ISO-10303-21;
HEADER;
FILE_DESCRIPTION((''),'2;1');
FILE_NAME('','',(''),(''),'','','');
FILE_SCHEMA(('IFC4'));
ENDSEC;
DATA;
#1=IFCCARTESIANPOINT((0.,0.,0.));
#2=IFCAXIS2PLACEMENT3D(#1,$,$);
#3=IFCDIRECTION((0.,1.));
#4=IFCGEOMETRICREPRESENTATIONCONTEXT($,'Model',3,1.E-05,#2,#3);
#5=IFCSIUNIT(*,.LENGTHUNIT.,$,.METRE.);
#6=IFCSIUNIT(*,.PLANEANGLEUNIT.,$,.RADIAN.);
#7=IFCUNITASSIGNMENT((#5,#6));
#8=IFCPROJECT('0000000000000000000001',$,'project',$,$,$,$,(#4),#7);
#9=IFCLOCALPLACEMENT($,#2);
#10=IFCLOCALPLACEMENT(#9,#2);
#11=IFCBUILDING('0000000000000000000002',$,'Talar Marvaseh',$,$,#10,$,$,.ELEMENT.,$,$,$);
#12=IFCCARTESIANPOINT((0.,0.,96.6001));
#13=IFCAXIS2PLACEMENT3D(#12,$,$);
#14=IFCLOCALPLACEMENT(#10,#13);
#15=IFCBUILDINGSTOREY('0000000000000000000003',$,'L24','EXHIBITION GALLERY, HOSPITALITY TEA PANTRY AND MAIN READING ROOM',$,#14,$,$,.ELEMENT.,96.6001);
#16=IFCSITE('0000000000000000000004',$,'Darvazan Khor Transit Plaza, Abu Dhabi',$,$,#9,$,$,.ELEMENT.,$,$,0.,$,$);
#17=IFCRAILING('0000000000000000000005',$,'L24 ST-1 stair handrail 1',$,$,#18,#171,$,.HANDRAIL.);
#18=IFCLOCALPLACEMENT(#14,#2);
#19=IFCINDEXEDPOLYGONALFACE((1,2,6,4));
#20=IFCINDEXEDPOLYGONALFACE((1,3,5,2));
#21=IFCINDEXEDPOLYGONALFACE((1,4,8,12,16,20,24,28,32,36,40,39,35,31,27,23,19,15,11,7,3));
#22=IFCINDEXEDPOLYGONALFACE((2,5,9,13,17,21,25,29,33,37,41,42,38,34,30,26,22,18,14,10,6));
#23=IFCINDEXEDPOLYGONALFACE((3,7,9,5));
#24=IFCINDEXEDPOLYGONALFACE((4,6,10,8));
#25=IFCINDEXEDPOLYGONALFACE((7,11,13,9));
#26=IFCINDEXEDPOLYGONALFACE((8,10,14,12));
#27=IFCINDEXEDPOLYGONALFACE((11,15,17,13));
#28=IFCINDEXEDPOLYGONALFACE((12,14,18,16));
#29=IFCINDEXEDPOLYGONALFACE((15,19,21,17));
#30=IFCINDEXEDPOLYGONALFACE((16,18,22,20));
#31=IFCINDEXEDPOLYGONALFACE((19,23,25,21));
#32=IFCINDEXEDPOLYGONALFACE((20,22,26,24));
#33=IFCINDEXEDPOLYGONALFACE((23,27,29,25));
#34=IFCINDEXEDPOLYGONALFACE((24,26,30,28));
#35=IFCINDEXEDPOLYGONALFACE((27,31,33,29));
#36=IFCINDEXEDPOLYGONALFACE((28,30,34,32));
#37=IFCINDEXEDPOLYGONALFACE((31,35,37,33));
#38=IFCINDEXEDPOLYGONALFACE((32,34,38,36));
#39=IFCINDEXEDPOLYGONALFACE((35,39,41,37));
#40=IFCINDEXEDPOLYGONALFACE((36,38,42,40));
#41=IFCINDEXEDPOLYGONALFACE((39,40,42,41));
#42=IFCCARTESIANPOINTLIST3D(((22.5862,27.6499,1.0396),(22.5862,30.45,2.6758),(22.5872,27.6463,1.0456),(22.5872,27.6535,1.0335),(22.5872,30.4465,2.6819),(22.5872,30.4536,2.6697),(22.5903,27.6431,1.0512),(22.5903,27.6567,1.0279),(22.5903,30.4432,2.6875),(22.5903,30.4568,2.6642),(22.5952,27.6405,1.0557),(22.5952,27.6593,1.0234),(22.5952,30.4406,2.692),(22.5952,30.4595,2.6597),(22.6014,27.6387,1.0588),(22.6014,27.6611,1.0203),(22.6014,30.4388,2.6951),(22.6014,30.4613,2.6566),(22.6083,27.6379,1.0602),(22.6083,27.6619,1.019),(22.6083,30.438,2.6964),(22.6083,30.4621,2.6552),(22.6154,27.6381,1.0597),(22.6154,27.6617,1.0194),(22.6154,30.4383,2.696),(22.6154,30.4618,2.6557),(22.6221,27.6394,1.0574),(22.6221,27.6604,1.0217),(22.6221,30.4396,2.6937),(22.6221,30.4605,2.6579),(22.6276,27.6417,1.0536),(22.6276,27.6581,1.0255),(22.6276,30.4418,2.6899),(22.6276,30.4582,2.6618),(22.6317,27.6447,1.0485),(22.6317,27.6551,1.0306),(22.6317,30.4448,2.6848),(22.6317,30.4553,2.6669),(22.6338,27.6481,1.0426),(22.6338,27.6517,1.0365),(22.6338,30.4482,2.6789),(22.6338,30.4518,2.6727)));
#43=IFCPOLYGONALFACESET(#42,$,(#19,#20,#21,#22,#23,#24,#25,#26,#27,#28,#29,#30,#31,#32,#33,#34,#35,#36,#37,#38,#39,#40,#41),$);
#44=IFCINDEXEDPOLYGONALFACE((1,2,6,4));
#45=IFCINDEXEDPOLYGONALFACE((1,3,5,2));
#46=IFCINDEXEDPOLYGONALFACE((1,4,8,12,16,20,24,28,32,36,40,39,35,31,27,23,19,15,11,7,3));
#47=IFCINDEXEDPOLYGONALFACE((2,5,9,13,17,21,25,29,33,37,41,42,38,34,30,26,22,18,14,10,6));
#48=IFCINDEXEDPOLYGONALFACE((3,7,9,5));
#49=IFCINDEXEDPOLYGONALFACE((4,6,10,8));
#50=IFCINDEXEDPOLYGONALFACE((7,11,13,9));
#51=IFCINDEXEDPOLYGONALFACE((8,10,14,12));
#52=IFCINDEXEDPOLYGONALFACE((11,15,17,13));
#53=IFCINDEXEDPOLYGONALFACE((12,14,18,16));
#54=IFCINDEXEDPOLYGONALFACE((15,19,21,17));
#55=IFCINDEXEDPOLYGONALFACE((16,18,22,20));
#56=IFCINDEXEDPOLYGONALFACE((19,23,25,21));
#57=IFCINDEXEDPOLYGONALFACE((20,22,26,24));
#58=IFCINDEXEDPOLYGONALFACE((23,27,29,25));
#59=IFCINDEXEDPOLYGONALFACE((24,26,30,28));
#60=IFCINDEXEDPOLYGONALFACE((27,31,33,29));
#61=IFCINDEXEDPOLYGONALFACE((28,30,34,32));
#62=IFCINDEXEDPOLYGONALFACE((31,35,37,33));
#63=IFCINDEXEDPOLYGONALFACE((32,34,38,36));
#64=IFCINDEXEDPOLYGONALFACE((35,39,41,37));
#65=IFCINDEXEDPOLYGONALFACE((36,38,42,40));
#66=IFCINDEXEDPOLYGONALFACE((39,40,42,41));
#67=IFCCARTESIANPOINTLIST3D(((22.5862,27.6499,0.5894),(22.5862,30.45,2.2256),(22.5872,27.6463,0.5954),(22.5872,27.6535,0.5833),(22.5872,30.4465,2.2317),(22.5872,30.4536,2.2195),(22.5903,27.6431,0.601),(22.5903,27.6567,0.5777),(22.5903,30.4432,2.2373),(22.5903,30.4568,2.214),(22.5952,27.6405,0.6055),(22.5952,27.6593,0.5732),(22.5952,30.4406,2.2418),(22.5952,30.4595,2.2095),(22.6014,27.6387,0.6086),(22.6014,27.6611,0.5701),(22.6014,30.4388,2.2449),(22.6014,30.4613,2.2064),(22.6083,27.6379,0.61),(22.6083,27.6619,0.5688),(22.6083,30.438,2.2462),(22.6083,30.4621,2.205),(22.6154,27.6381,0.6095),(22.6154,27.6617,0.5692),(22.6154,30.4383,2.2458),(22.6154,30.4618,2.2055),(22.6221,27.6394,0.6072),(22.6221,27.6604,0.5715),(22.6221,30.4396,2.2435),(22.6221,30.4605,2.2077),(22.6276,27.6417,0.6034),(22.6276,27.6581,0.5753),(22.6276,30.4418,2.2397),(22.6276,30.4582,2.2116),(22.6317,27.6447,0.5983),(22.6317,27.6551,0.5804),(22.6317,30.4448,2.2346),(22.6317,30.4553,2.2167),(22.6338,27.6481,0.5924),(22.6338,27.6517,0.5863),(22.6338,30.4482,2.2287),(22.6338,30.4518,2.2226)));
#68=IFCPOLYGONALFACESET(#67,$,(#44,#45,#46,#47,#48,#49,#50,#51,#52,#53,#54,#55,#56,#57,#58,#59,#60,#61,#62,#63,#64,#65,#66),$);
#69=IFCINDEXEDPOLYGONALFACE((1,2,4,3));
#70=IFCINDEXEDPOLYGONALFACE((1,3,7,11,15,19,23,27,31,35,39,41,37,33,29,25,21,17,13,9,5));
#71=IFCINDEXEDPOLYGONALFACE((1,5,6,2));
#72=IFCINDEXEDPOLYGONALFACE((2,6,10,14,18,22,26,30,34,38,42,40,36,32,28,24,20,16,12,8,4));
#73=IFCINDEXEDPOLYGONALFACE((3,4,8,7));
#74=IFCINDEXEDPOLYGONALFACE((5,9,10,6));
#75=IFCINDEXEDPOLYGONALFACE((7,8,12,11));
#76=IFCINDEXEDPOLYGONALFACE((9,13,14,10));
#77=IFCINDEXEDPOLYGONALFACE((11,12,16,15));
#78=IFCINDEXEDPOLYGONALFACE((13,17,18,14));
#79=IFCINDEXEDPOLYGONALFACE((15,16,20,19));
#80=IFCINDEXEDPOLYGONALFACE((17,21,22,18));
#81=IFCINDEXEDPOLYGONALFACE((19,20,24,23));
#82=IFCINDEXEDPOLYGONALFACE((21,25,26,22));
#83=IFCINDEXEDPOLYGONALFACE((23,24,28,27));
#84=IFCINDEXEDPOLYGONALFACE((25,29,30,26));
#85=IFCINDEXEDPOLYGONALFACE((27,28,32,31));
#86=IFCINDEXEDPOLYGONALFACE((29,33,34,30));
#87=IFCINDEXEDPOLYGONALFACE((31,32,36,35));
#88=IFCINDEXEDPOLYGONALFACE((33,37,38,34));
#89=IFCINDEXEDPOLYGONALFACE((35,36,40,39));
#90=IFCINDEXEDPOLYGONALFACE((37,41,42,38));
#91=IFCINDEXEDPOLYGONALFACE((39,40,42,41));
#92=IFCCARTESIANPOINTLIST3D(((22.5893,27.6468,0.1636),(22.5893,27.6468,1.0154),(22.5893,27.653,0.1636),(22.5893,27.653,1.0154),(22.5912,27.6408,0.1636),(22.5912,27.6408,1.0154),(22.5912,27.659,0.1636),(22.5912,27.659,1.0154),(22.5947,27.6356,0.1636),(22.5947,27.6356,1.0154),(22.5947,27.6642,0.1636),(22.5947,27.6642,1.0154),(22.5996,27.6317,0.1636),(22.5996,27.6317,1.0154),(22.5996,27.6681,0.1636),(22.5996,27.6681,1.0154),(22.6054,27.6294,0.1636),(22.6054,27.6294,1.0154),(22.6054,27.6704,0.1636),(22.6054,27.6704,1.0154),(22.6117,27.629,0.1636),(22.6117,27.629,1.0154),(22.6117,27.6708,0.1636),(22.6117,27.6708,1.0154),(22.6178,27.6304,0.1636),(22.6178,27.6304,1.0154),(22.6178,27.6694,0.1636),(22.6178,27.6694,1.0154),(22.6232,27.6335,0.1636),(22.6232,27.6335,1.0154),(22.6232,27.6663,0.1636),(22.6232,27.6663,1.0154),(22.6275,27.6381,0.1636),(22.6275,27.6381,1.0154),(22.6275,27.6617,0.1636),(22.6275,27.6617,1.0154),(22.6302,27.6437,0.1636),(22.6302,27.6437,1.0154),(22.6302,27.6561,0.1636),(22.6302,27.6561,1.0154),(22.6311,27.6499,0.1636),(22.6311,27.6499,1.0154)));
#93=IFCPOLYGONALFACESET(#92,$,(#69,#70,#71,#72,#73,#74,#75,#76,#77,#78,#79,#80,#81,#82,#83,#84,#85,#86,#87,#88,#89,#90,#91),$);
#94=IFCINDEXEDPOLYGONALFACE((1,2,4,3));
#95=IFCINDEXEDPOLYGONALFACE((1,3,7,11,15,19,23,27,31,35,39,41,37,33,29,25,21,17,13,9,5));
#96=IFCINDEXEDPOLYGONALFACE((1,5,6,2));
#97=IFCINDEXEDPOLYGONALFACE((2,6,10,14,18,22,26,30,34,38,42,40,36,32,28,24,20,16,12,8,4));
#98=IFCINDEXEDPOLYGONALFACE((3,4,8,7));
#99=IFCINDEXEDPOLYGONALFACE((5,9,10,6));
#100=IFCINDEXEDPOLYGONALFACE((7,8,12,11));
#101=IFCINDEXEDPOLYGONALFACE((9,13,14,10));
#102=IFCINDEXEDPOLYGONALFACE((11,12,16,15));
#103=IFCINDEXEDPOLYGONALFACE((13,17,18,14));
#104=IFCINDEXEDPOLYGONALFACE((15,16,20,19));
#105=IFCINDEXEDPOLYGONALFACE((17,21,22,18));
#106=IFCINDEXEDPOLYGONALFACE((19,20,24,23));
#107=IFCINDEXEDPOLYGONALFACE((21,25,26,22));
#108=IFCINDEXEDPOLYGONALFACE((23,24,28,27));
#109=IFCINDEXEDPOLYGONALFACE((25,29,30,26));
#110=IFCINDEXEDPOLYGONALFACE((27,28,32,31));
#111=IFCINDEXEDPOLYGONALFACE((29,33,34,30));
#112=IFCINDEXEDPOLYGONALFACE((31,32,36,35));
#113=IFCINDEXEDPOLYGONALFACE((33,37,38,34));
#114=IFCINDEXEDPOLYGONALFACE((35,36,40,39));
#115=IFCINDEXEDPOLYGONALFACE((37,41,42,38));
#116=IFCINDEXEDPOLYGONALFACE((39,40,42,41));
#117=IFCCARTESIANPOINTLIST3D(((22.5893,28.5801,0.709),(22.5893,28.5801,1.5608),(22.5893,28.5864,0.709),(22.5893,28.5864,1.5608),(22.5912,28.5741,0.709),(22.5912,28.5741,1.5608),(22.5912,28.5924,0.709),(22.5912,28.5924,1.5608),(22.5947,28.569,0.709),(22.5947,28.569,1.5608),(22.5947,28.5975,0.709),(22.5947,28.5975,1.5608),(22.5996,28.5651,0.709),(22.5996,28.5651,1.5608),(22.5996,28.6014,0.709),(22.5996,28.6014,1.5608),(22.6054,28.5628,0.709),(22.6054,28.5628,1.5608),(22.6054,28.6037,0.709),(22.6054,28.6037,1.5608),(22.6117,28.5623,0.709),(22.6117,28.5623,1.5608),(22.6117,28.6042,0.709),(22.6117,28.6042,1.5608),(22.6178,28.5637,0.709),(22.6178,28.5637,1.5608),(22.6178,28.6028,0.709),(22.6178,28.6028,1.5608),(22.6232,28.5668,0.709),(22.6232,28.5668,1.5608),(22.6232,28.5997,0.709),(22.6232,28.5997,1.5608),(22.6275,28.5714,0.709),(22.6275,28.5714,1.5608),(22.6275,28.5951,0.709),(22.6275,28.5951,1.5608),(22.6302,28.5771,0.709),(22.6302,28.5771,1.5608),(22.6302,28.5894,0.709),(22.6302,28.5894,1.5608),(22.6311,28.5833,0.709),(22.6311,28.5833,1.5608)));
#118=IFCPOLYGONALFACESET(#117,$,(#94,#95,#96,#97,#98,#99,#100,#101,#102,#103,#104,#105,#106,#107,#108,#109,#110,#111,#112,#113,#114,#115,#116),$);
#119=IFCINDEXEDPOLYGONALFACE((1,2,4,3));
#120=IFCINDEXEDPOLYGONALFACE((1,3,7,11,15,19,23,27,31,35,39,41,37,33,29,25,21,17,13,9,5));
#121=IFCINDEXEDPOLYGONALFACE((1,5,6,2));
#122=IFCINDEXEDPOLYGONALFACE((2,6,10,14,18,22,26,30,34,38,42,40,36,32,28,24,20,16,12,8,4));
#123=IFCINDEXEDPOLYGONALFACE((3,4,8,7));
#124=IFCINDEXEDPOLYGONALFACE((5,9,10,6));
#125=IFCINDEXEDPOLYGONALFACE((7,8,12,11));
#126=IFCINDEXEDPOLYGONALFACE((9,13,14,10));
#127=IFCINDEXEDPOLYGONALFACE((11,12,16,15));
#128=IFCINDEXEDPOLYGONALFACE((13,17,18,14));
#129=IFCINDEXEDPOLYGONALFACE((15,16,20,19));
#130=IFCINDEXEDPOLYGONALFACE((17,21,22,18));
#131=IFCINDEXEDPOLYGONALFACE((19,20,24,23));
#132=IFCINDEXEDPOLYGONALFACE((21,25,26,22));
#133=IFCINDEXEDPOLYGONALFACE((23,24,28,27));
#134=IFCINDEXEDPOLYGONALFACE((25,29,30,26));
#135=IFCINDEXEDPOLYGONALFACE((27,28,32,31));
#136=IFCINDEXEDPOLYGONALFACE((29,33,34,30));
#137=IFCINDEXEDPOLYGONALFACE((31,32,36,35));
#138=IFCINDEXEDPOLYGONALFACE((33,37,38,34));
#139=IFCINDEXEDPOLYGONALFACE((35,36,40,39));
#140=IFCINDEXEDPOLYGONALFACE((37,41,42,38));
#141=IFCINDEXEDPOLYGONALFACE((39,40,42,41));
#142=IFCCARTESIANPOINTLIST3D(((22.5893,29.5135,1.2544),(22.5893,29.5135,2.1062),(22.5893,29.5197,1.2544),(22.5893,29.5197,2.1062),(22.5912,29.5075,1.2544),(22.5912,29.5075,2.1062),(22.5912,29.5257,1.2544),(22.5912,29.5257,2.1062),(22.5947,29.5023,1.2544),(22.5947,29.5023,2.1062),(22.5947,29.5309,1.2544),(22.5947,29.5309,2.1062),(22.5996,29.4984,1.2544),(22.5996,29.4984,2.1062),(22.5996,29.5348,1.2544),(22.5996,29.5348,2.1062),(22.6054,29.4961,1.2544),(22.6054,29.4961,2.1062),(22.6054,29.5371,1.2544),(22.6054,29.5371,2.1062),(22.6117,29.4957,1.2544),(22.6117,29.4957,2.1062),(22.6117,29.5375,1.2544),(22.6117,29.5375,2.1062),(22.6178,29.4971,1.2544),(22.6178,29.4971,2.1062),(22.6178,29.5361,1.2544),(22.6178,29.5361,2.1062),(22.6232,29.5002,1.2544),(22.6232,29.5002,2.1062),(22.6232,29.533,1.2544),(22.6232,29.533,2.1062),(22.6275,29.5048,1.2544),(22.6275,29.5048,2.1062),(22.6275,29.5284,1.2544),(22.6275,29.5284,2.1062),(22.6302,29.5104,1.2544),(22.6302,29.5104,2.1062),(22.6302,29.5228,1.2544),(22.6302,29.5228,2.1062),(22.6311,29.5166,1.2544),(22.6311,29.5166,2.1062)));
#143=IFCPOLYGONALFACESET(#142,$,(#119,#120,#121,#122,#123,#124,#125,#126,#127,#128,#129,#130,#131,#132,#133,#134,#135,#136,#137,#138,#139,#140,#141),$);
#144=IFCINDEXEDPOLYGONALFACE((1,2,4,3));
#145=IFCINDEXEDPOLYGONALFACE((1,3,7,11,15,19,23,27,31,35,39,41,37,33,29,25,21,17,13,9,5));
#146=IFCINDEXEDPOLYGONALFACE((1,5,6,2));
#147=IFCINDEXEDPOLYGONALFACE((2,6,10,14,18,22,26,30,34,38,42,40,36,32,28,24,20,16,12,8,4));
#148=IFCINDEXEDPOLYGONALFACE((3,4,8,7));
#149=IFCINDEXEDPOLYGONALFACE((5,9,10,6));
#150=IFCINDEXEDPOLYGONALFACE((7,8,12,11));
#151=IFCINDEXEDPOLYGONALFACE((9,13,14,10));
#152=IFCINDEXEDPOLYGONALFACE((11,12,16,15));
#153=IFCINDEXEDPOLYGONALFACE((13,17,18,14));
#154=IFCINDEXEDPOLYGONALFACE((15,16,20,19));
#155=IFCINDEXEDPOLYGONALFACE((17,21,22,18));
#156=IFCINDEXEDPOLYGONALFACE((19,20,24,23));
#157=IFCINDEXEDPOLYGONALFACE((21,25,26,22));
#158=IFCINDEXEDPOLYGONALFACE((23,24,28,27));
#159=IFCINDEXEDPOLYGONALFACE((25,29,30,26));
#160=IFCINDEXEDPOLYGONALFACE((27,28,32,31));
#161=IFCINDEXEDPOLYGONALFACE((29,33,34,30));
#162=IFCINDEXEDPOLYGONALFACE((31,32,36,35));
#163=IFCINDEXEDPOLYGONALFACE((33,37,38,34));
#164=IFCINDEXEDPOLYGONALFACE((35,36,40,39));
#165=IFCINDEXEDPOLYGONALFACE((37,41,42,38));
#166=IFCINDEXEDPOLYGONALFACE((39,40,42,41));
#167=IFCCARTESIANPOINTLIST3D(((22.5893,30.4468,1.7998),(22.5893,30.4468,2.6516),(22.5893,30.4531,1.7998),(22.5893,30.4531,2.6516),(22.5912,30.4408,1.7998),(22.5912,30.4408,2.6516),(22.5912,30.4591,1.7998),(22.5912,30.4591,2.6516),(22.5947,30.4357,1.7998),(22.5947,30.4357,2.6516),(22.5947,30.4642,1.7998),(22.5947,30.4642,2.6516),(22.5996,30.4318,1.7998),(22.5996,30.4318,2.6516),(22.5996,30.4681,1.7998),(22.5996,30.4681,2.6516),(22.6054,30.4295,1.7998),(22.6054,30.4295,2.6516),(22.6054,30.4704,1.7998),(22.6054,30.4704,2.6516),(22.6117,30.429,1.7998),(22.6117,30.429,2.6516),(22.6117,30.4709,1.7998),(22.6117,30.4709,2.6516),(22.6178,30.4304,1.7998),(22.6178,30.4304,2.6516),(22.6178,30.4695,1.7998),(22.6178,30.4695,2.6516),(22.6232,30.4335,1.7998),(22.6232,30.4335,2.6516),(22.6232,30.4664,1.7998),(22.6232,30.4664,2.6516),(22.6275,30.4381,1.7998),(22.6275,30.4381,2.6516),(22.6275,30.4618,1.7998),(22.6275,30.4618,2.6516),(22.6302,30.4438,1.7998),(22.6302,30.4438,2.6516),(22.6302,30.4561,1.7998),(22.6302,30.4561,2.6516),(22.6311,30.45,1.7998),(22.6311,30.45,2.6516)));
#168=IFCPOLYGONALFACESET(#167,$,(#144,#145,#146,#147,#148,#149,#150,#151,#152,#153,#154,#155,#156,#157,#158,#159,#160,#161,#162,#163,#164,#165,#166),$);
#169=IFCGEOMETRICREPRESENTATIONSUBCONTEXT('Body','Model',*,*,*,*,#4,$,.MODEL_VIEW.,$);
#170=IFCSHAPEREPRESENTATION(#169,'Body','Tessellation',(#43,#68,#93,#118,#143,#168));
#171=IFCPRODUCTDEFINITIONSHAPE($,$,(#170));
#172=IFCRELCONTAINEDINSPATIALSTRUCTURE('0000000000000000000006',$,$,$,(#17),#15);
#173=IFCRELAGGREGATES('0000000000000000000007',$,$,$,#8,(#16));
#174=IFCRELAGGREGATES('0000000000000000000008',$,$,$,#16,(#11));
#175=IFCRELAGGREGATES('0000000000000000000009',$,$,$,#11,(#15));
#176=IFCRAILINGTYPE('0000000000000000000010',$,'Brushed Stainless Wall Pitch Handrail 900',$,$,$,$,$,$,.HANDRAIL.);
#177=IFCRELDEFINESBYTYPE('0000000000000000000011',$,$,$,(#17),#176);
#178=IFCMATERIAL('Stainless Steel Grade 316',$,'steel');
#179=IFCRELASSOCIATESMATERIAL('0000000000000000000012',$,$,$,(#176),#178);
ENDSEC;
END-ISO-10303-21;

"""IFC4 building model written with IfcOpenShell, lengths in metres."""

from ifc_helpers import new_model, si_unit, direction, frame, origin, origin_2d, place, context, subcontext, project, spatial, circle, extrude, material, type_object, element, save


model = new_model("IFC4")

# Units and contexts
model_context = context("Model", 3, precision=1e-05, world=origin(), true_north=direction((0.0, 1.0)))
body_context = subcontext(model_context, "Body", "Model", "MODEL_VIEW")
ifc_project = project(units=[si_unit("LENGTHUNIT", "METRE"), si_unit("PLANEANGLEUNIT", "RADIAN")], contexts=[model_context])

# Site, building, storey
site_placement = place(None, origin())
site = spatial("IfcSite", under=ifc_project, at=site_placement, Name="Darvazan Khor Transit Plaza, Abu Dhabi", CompositionType="ELEMENT", RefElevation=0.0)
building_placement = place(site_placement, origin())
building = spatial("IfcBuilding", under=site, at=building_placement, Name="Talar Marvaseh", CompositionType="ELEMENT")
storey_placement = place(building_placement, frame((0.0, 0.0, 96.6001)))
storey = spatial("IfcBuildingStorey", under=building, at=storey_placement, Name="L24", Description="EXHIBITION GALLERY, HOSPITALITY TEA PANTRY AND MAIN READING ROOM", CompositionType="ELEMENT", Elevation=96.6001)

# Railing
ifc_material_1 = material(Name="Stainless Steel Grade 316", Category="steel")
railing_type_1 = type_object("IfcRailingType", Name="Brushed Stainless Wall Pitch Handrail 900", PredefinedType="HANDRAIL", material=ifc_material_1)
railing_1_placement = place(storey_placement, frame((22.6101, 27.6499, 0.1636)))
element("IfcRailing", 1, at=railing_1_placement, inside=storey, type_object=railing_type_1, Name="L24 ST-1 stair handrail 1", PredefinedType="HANDRAIL", context=body_context, shape_type="SweptSolid", body=[
    extrude(circle(Radius=0.0239, at=origin_2d()), frame((0.0, 0.0, 0.876), z_axis=(0.0, 0.863394, 0.504531), x_axis=(-1.0, 0.0, 0.0)), (0.0, 0.0, 1.0), 3.2432),
    extrude(circle(Radius=0.0239, at=origin_2d()), frame((0.0, 0.0, 0.4258), z_axis=(0.0, 0.863394, 0.504531), x_axis=(-1.0, 0.0, 0.0)), (0.0, 0.0, 1.0), 3.2432),
    extrude(circle(Radius=0.021, at=origin_2d()), origin(), (0.0, 0.0, 1.0), 0.8518),
    extrude(circle(Radius=0.021, at=origin_2d()), frame((0.0, 0.9333, 0.5454)), (0.0, 0.0, 1.0), 0.8518),
    extrude(circle(Radius=0.021, at=origin_2d()), frame((0.0, 1.8667, 1.0908)), (0.0, 0.0, 1.0), 0.8518),
    extrude(circle(Radius=0.021, at=origin_2d()), frame((0.0, 2.8, 1.6362)), (0.0, 0.0, 1.0), 0.8518),
])

save(model, "model.ifc")
